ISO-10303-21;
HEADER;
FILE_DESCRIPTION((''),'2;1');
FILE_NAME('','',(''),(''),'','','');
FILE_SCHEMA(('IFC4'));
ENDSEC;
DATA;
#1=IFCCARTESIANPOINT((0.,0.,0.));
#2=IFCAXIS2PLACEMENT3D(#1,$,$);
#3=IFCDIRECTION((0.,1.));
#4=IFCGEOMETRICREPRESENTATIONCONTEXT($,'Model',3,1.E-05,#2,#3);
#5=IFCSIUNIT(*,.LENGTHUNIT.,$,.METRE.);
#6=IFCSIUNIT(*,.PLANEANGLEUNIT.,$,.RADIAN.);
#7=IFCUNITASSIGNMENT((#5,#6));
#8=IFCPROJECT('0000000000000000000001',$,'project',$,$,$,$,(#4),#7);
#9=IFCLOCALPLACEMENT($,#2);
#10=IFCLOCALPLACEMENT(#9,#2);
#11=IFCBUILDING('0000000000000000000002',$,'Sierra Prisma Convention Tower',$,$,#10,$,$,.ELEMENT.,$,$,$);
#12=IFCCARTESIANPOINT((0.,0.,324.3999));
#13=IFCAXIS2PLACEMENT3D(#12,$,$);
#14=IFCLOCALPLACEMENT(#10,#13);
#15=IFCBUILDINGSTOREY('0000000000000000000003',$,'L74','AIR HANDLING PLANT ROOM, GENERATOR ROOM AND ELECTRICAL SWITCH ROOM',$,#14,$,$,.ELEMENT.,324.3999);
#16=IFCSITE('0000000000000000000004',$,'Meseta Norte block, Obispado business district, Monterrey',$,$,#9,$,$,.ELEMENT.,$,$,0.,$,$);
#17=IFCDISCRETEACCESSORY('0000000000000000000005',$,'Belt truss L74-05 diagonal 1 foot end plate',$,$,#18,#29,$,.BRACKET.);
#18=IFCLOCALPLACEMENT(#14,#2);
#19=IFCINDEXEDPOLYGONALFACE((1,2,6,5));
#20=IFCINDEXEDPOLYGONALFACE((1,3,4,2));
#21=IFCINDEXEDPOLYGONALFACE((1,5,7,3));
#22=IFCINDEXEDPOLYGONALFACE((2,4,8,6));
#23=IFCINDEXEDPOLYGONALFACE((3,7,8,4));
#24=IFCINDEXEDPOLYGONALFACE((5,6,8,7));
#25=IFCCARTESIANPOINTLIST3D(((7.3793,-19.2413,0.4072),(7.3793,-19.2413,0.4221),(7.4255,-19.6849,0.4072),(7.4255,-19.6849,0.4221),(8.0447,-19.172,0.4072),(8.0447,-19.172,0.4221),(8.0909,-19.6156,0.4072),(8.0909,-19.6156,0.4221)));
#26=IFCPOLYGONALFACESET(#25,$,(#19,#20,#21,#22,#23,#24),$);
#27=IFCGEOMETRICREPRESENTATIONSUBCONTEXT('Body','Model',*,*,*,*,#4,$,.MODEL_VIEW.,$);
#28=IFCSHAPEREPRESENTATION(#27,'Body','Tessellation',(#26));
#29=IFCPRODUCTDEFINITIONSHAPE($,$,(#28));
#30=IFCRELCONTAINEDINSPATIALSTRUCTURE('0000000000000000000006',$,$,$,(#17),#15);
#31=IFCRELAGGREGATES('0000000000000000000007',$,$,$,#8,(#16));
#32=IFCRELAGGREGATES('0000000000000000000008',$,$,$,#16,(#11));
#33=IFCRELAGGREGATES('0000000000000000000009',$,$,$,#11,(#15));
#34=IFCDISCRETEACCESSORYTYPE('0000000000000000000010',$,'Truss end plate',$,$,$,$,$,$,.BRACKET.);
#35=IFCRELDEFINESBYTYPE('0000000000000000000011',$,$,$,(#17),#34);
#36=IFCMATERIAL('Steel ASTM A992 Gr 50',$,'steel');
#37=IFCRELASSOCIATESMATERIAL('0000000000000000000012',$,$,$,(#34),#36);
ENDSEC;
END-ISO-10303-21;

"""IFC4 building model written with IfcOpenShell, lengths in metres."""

from ifc_helpers import new_model, si_unit, direction, frame, origin, origin_2d, place, context, subcontext, project, spatial, rectangle, extrude, material, type_object, element, save


model = new_model("IFC4")

# Units and contexts
model_context = context("Model", 3, precision=1e-05, world=origin(), true_north=direction((0.0, 1.0)))
body_context = subcontext(model_context, "Body", "Model", "MODEL_VIEW")
ifc_project = project(units=[si_unit("LENGTHUNIT", "METRE"), si_unit("PLANEANGLEUNIT", "RADIAN")], contexts=[model_context])

# Site, building, storey
site_placement = place(None, origin())
site = spatial("IfcSite", under=ifc_project, at=site_placement, Name="Meseta Norte block, Obispado business district, Monterrey", CompositionType="ELEMENT", RefElevation=0.0)
building_placement = place(site_placement, origin())
building = spatial("IfcBuilding", under=site, at=building_placement, Name="Sierra Prisma Convention Tower", CompositionType="ELEMENT")
storey_placement = place(building_placement, frame((0.0, 0.0, 324.3999)))
storey = spatial("IfcBuildingStorey", under=building, at=storey_placement, Name="L74", Description="AIR HANDLING PLANT ROOM, GENERATOR ROOM AND ELECTRICAL SWITCH ROOM", CompositionType="ELEMENT", Elevation=324.3999)

# Discrete accessory
ifc_material_1 = material(Name="Steel ASTM A992 Gr 50", Category="steel")
discrete_accessory_type = type_object("IfcDiscreteAccessoryType", Name="Truss end plate", PredefinedType="BRACKET", material=ifc_material_1)
for number, where, z_axis, x_axis, name in (
    (1, (7.7351, -19.4285, 0.4072), (0.0, 0.0, 1.0), (0.994619, 0.103598, 0.0), "Belt truss L74-05 diagonal 1 foot end plate"),
):
    element("IfcDiscreteAccessory", number, at=place(storey_placement, frame(where, z_axis=z_axis, x_axis=x_axis)), inside=storey, type_object=discrete_accessory_type, Name=name, PredefinedType="BRACKET", context=body_context, shape_type="SweptSolid", body=[
        extrude(rectangle(XDim=0.6689, YDim=0.446, at=origin_2d()), origin(), (0.0, 0.0, 1.0), 0.0149),
    ])

save(model, "model.ifc")
